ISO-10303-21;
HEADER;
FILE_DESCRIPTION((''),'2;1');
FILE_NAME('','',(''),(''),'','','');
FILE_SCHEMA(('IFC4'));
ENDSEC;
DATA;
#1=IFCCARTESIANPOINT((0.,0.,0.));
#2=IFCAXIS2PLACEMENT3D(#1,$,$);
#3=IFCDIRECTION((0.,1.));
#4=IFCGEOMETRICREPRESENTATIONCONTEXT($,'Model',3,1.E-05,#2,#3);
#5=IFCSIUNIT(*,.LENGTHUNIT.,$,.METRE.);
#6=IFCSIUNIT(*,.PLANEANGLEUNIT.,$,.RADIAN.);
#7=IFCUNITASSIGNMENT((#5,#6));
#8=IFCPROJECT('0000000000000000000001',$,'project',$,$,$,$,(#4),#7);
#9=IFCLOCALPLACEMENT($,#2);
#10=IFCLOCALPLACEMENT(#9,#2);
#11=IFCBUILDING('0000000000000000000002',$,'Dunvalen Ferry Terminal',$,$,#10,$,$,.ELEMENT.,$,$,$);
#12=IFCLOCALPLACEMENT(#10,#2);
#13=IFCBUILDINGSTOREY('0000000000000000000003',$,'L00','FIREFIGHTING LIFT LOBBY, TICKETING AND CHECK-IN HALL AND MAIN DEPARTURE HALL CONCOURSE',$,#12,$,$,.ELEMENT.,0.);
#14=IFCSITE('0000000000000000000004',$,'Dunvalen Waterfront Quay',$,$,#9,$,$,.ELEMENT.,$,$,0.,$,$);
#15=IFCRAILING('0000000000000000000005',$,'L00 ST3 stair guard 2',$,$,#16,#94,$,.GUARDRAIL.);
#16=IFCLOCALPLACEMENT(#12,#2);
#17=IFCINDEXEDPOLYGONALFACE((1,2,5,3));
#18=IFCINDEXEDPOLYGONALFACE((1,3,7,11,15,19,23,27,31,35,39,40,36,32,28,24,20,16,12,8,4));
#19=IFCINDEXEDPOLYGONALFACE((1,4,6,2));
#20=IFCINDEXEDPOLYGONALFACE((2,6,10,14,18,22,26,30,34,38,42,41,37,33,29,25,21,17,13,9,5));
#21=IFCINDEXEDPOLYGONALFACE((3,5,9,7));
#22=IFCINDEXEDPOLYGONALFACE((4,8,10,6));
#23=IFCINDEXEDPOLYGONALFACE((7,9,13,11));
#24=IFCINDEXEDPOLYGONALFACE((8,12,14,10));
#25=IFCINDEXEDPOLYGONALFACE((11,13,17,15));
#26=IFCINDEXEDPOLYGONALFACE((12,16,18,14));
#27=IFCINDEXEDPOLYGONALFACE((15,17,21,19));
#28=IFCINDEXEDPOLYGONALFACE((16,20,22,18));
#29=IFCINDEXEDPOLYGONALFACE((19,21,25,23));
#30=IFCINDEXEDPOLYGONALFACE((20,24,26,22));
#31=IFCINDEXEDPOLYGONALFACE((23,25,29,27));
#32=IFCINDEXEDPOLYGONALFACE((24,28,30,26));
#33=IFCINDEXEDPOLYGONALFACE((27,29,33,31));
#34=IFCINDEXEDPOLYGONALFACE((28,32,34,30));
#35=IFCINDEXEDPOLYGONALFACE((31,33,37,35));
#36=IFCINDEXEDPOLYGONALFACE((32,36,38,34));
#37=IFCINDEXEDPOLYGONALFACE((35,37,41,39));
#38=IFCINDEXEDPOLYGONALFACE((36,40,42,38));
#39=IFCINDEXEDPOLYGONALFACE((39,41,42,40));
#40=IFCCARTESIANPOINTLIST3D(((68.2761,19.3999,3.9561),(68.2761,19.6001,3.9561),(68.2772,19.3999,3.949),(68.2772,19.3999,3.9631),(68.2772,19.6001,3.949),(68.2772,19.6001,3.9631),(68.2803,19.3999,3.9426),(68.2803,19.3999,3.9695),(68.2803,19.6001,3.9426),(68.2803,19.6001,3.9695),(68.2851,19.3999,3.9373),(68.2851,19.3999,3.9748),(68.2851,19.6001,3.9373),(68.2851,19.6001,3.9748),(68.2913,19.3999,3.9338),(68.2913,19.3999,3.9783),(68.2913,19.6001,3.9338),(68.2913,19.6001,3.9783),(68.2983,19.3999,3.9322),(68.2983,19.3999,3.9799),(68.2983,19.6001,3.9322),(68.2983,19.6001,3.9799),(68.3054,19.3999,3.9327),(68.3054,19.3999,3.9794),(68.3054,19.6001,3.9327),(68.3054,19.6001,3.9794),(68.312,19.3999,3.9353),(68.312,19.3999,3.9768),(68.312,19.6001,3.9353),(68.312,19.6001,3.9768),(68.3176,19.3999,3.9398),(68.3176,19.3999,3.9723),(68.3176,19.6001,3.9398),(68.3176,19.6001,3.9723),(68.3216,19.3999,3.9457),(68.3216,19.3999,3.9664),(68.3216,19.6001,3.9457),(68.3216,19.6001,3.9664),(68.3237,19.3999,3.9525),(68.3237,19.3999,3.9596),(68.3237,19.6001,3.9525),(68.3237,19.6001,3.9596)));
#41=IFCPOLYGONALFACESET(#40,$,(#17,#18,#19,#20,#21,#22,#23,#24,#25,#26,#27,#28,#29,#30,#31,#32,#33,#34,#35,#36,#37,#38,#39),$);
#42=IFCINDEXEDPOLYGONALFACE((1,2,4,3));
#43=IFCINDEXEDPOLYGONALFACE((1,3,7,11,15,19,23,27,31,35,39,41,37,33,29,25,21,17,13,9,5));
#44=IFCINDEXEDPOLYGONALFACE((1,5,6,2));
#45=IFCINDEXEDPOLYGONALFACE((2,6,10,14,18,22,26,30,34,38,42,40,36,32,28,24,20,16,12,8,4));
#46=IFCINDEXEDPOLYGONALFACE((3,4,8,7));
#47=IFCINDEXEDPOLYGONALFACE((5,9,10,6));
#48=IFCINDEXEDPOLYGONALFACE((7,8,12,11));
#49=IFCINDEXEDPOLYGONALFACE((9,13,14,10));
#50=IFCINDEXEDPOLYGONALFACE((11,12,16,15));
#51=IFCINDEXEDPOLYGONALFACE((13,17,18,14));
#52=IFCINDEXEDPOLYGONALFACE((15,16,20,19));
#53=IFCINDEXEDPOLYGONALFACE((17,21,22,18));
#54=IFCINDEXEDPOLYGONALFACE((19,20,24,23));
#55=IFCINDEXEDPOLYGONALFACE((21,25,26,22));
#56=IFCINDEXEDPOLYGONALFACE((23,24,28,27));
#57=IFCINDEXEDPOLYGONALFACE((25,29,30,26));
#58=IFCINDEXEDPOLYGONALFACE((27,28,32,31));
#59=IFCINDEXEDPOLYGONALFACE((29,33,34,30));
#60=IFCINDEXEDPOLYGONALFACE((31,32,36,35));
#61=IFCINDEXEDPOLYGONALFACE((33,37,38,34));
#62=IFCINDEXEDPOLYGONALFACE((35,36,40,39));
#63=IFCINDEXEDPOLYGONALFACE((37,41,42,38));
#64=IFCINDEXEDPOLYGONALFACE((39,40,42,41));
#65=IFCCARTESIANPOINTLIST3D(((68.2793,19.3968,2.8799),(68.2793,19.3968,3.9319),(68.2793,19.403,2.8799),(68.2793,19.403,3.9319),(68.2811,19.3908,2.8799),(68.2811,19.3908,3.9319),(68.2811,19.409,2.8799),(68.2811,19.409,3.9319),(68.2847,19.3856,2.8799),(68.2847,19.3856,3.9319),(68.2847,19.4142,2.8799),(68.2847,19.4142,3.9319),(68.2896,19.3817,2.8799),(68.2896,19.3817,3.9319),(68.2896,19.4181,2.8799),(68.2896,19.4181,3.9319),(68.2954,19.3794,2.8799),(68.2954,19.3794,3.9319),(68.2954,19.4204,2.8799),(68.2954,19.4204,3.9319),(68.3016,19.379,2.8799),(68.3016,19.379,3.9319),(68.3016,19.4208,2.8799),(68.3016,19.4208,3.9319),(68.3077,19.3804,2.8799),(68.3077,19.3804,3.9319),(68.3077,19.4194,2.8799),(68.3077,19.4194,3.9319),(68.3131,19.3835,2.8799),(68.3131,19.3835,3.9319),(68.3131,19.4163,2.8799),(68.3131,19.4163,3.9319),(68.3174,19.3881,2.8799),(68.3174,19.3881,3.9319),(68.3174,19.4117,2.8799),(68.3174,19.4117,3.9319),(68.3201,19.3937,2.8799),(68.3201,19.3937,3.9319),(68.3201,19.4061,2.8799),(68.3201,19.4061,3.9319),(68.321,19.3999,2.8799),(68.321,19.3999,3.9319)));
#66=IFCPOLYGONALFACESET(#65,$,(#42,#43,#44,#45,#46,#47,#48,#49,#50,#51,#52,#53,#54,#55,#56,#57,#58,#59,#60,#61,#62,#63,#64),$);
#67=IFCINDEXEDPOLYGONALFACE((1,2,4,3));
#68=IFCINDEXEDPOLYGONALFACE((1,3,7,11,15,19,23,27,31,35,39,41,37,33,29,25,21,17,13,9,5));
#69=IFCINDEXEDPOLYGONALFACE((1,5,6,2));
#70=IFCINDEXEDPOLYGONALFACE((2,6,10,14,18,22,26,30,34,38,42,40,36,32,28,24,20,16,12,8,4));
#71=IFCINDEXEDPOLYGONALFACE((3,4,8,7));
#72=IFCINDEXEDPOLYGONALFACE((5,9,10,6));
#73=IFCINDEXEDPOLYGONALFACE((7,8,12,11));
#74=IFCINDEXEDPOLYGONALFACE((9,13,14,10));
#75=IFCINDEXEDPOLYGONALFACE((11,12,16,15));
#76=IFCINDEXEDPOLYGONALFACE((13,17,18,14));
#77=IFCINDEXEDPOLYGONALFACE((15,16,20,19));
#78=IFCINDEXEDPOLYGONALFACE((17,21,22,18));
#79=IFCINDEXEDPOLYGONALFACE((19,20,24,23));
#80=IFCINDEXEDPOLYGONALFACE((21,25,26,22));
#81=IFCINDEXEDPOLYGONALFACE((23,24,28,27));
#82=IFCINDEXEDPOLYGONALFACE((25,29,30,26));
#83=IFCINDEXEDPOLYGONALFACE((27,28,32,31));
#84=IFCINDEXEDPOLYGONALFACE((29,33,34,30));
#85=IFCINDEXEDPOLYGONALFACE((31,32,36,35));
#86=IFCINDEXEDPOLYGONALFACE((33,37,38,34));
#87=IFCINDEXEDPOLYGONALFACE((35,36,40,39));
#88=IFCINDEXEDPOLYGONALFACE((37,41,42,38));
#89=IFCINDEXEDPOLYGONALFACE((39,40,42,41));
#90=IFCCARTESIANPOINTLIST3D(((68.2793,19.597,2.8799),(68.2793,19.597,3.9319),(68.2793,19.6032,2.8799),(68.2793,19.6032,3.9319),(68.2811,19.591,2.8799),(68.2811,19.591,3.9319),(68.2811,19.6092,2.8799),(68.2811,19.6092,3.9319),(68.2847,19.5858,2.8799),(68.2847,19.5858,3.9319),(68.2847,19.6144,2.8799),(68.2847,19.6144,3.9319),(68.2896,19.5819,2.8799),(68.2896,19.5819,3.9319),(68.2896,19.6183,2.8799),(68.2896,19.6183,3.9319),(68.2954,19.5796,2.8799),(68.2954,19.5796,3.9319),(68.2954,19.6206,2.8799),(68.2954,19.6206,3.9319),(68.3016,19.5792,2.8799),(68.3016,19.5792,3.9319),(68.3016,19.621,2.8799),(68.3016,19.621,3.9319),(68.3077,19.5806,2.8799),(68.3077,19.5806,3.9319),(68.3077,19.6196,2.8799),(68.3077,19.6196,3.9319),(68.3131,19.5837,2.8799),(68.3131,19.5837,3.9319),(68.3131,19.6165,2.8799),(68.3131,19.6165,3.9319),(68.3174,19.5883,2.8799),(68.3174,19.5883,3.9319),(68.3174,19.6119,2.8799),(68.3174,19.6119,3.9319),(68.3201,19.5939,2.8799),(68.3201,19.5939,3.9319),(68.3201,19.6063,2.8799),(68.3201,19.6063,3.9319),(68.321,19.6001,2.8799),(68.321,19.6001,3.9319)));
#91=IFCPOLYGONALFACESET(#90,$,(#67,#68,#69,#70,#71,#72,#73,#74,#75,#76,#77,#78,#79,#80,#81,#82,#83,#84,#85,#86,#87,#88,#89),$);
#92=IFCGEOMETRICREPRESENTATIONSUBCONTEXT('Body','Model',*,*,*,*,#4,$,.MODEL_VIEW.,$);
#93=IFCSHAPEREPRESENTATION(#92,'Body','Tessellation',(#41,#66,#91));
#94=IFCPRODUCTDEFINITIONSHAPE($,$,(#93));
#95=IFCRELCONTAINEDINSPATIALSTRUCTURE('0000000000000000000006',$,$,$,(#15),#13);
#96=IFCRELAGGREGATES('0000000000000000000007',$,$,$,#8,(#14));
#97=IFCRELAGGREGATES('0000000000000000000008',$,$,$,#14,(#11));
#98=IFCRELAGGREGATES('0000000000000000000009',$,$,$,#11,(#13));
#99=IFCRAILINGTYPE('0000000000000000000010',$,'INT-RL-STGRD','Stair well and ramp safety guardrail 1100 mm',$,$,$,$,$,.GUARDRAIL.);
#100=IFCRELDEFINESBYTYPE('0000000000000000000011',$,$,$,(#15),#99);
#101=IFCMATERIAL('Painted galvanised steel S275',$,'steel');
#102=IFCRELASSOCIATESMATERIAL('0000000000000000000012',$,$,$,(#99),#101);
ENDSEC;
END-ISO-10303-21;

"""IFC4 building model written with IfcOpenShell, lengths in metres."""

from ifc_helpers import new_model, si_unit, direction, frame, origin, origin_2d, place, context, subcontext, project, spatial, circle, extrude, material, type_object, element, save


model = new_model("IFC4")

# Units and contexts
model_context = context("Model", 3, precision=1e-05, world=origin(), true_north=direction((0.0, 1.0)))
body_context = subcontext(model_context, "Body", "Model", "MODEL_VIEW")
ifc_project = project(units=[si_unit("LENGTHUNIT", "METRE"), si_unit("PLANEANGLEUNIT", "RADIAN")], contexts=[model_context])

# Site, building, storey
site_placement = place(None, origin())
site = spatial("IfcSite", under=ifc_project, at=site_placement, Name="Dunvalen Waterfront Quay", CompositionType="ELEMENT", RefElevation=0.0)
building_placement = place(site_placement, origin())
building = spatial("IfcBuilding", under=site, at=building_placement, Name="Dunvalen Ferry Terminal", CompositionType="ELEMENT")
storey_placement = place(building_placement, origin())
storey = spatial("IfcBuildingStorey", under=building, at=storey_placement, Name="L00", Description="FIREFIGHTING LIFT LOBBY, TICKETING AND CHECK-IN HALL AND MAIN DEPARTURE HALL CONCOURSE", CompositionType="ELEMENT", Elevation=0.0)

# Railing
ifc_material_1 = material(Name="Painted galvanised steel S275", Category="steel")
railing_type_1 = type_object("IfcRailingType", Name="INT-RL-STGRD", Description="Stair well and ramp safety guardrail 1100 mm", PredefinedType="GUARDRAIL", material=ifc_material_1)
railing_1_placement = place(storey_placement, frame((68.3, 19.3999, 2.8799)))
element("IfcRailing", 1, at=railing_1_placement, inside=storey, type_object=railing_type_1, Name="L00 ST3 stair guard 2", PredefinedType="GUARDRAIL", context=body_context, shape_type="SweptSolid", body=[
    extrude(circle(Radius=0.0239, at=origin_2d()), frame((0.0, 0.0, 1.0762), z_axis=(0.0, 1.0, 0.0), x_axis=(-1.0, 0.0, 0.0)), (0.0, 0.0, 1.0), 0.2002),
    extrude(circle(Radius=0.021, at=origin_2d()), origin(), (0.0, 0.0, 1.0), 1.052),
    extrude(circle(Radius=0.021, at=origin_2d()), frame((0.0, 0.2002, 0.0)), (0.0, 0.0, 1.0), 1.052),
])

save(model, "model.ifc")
